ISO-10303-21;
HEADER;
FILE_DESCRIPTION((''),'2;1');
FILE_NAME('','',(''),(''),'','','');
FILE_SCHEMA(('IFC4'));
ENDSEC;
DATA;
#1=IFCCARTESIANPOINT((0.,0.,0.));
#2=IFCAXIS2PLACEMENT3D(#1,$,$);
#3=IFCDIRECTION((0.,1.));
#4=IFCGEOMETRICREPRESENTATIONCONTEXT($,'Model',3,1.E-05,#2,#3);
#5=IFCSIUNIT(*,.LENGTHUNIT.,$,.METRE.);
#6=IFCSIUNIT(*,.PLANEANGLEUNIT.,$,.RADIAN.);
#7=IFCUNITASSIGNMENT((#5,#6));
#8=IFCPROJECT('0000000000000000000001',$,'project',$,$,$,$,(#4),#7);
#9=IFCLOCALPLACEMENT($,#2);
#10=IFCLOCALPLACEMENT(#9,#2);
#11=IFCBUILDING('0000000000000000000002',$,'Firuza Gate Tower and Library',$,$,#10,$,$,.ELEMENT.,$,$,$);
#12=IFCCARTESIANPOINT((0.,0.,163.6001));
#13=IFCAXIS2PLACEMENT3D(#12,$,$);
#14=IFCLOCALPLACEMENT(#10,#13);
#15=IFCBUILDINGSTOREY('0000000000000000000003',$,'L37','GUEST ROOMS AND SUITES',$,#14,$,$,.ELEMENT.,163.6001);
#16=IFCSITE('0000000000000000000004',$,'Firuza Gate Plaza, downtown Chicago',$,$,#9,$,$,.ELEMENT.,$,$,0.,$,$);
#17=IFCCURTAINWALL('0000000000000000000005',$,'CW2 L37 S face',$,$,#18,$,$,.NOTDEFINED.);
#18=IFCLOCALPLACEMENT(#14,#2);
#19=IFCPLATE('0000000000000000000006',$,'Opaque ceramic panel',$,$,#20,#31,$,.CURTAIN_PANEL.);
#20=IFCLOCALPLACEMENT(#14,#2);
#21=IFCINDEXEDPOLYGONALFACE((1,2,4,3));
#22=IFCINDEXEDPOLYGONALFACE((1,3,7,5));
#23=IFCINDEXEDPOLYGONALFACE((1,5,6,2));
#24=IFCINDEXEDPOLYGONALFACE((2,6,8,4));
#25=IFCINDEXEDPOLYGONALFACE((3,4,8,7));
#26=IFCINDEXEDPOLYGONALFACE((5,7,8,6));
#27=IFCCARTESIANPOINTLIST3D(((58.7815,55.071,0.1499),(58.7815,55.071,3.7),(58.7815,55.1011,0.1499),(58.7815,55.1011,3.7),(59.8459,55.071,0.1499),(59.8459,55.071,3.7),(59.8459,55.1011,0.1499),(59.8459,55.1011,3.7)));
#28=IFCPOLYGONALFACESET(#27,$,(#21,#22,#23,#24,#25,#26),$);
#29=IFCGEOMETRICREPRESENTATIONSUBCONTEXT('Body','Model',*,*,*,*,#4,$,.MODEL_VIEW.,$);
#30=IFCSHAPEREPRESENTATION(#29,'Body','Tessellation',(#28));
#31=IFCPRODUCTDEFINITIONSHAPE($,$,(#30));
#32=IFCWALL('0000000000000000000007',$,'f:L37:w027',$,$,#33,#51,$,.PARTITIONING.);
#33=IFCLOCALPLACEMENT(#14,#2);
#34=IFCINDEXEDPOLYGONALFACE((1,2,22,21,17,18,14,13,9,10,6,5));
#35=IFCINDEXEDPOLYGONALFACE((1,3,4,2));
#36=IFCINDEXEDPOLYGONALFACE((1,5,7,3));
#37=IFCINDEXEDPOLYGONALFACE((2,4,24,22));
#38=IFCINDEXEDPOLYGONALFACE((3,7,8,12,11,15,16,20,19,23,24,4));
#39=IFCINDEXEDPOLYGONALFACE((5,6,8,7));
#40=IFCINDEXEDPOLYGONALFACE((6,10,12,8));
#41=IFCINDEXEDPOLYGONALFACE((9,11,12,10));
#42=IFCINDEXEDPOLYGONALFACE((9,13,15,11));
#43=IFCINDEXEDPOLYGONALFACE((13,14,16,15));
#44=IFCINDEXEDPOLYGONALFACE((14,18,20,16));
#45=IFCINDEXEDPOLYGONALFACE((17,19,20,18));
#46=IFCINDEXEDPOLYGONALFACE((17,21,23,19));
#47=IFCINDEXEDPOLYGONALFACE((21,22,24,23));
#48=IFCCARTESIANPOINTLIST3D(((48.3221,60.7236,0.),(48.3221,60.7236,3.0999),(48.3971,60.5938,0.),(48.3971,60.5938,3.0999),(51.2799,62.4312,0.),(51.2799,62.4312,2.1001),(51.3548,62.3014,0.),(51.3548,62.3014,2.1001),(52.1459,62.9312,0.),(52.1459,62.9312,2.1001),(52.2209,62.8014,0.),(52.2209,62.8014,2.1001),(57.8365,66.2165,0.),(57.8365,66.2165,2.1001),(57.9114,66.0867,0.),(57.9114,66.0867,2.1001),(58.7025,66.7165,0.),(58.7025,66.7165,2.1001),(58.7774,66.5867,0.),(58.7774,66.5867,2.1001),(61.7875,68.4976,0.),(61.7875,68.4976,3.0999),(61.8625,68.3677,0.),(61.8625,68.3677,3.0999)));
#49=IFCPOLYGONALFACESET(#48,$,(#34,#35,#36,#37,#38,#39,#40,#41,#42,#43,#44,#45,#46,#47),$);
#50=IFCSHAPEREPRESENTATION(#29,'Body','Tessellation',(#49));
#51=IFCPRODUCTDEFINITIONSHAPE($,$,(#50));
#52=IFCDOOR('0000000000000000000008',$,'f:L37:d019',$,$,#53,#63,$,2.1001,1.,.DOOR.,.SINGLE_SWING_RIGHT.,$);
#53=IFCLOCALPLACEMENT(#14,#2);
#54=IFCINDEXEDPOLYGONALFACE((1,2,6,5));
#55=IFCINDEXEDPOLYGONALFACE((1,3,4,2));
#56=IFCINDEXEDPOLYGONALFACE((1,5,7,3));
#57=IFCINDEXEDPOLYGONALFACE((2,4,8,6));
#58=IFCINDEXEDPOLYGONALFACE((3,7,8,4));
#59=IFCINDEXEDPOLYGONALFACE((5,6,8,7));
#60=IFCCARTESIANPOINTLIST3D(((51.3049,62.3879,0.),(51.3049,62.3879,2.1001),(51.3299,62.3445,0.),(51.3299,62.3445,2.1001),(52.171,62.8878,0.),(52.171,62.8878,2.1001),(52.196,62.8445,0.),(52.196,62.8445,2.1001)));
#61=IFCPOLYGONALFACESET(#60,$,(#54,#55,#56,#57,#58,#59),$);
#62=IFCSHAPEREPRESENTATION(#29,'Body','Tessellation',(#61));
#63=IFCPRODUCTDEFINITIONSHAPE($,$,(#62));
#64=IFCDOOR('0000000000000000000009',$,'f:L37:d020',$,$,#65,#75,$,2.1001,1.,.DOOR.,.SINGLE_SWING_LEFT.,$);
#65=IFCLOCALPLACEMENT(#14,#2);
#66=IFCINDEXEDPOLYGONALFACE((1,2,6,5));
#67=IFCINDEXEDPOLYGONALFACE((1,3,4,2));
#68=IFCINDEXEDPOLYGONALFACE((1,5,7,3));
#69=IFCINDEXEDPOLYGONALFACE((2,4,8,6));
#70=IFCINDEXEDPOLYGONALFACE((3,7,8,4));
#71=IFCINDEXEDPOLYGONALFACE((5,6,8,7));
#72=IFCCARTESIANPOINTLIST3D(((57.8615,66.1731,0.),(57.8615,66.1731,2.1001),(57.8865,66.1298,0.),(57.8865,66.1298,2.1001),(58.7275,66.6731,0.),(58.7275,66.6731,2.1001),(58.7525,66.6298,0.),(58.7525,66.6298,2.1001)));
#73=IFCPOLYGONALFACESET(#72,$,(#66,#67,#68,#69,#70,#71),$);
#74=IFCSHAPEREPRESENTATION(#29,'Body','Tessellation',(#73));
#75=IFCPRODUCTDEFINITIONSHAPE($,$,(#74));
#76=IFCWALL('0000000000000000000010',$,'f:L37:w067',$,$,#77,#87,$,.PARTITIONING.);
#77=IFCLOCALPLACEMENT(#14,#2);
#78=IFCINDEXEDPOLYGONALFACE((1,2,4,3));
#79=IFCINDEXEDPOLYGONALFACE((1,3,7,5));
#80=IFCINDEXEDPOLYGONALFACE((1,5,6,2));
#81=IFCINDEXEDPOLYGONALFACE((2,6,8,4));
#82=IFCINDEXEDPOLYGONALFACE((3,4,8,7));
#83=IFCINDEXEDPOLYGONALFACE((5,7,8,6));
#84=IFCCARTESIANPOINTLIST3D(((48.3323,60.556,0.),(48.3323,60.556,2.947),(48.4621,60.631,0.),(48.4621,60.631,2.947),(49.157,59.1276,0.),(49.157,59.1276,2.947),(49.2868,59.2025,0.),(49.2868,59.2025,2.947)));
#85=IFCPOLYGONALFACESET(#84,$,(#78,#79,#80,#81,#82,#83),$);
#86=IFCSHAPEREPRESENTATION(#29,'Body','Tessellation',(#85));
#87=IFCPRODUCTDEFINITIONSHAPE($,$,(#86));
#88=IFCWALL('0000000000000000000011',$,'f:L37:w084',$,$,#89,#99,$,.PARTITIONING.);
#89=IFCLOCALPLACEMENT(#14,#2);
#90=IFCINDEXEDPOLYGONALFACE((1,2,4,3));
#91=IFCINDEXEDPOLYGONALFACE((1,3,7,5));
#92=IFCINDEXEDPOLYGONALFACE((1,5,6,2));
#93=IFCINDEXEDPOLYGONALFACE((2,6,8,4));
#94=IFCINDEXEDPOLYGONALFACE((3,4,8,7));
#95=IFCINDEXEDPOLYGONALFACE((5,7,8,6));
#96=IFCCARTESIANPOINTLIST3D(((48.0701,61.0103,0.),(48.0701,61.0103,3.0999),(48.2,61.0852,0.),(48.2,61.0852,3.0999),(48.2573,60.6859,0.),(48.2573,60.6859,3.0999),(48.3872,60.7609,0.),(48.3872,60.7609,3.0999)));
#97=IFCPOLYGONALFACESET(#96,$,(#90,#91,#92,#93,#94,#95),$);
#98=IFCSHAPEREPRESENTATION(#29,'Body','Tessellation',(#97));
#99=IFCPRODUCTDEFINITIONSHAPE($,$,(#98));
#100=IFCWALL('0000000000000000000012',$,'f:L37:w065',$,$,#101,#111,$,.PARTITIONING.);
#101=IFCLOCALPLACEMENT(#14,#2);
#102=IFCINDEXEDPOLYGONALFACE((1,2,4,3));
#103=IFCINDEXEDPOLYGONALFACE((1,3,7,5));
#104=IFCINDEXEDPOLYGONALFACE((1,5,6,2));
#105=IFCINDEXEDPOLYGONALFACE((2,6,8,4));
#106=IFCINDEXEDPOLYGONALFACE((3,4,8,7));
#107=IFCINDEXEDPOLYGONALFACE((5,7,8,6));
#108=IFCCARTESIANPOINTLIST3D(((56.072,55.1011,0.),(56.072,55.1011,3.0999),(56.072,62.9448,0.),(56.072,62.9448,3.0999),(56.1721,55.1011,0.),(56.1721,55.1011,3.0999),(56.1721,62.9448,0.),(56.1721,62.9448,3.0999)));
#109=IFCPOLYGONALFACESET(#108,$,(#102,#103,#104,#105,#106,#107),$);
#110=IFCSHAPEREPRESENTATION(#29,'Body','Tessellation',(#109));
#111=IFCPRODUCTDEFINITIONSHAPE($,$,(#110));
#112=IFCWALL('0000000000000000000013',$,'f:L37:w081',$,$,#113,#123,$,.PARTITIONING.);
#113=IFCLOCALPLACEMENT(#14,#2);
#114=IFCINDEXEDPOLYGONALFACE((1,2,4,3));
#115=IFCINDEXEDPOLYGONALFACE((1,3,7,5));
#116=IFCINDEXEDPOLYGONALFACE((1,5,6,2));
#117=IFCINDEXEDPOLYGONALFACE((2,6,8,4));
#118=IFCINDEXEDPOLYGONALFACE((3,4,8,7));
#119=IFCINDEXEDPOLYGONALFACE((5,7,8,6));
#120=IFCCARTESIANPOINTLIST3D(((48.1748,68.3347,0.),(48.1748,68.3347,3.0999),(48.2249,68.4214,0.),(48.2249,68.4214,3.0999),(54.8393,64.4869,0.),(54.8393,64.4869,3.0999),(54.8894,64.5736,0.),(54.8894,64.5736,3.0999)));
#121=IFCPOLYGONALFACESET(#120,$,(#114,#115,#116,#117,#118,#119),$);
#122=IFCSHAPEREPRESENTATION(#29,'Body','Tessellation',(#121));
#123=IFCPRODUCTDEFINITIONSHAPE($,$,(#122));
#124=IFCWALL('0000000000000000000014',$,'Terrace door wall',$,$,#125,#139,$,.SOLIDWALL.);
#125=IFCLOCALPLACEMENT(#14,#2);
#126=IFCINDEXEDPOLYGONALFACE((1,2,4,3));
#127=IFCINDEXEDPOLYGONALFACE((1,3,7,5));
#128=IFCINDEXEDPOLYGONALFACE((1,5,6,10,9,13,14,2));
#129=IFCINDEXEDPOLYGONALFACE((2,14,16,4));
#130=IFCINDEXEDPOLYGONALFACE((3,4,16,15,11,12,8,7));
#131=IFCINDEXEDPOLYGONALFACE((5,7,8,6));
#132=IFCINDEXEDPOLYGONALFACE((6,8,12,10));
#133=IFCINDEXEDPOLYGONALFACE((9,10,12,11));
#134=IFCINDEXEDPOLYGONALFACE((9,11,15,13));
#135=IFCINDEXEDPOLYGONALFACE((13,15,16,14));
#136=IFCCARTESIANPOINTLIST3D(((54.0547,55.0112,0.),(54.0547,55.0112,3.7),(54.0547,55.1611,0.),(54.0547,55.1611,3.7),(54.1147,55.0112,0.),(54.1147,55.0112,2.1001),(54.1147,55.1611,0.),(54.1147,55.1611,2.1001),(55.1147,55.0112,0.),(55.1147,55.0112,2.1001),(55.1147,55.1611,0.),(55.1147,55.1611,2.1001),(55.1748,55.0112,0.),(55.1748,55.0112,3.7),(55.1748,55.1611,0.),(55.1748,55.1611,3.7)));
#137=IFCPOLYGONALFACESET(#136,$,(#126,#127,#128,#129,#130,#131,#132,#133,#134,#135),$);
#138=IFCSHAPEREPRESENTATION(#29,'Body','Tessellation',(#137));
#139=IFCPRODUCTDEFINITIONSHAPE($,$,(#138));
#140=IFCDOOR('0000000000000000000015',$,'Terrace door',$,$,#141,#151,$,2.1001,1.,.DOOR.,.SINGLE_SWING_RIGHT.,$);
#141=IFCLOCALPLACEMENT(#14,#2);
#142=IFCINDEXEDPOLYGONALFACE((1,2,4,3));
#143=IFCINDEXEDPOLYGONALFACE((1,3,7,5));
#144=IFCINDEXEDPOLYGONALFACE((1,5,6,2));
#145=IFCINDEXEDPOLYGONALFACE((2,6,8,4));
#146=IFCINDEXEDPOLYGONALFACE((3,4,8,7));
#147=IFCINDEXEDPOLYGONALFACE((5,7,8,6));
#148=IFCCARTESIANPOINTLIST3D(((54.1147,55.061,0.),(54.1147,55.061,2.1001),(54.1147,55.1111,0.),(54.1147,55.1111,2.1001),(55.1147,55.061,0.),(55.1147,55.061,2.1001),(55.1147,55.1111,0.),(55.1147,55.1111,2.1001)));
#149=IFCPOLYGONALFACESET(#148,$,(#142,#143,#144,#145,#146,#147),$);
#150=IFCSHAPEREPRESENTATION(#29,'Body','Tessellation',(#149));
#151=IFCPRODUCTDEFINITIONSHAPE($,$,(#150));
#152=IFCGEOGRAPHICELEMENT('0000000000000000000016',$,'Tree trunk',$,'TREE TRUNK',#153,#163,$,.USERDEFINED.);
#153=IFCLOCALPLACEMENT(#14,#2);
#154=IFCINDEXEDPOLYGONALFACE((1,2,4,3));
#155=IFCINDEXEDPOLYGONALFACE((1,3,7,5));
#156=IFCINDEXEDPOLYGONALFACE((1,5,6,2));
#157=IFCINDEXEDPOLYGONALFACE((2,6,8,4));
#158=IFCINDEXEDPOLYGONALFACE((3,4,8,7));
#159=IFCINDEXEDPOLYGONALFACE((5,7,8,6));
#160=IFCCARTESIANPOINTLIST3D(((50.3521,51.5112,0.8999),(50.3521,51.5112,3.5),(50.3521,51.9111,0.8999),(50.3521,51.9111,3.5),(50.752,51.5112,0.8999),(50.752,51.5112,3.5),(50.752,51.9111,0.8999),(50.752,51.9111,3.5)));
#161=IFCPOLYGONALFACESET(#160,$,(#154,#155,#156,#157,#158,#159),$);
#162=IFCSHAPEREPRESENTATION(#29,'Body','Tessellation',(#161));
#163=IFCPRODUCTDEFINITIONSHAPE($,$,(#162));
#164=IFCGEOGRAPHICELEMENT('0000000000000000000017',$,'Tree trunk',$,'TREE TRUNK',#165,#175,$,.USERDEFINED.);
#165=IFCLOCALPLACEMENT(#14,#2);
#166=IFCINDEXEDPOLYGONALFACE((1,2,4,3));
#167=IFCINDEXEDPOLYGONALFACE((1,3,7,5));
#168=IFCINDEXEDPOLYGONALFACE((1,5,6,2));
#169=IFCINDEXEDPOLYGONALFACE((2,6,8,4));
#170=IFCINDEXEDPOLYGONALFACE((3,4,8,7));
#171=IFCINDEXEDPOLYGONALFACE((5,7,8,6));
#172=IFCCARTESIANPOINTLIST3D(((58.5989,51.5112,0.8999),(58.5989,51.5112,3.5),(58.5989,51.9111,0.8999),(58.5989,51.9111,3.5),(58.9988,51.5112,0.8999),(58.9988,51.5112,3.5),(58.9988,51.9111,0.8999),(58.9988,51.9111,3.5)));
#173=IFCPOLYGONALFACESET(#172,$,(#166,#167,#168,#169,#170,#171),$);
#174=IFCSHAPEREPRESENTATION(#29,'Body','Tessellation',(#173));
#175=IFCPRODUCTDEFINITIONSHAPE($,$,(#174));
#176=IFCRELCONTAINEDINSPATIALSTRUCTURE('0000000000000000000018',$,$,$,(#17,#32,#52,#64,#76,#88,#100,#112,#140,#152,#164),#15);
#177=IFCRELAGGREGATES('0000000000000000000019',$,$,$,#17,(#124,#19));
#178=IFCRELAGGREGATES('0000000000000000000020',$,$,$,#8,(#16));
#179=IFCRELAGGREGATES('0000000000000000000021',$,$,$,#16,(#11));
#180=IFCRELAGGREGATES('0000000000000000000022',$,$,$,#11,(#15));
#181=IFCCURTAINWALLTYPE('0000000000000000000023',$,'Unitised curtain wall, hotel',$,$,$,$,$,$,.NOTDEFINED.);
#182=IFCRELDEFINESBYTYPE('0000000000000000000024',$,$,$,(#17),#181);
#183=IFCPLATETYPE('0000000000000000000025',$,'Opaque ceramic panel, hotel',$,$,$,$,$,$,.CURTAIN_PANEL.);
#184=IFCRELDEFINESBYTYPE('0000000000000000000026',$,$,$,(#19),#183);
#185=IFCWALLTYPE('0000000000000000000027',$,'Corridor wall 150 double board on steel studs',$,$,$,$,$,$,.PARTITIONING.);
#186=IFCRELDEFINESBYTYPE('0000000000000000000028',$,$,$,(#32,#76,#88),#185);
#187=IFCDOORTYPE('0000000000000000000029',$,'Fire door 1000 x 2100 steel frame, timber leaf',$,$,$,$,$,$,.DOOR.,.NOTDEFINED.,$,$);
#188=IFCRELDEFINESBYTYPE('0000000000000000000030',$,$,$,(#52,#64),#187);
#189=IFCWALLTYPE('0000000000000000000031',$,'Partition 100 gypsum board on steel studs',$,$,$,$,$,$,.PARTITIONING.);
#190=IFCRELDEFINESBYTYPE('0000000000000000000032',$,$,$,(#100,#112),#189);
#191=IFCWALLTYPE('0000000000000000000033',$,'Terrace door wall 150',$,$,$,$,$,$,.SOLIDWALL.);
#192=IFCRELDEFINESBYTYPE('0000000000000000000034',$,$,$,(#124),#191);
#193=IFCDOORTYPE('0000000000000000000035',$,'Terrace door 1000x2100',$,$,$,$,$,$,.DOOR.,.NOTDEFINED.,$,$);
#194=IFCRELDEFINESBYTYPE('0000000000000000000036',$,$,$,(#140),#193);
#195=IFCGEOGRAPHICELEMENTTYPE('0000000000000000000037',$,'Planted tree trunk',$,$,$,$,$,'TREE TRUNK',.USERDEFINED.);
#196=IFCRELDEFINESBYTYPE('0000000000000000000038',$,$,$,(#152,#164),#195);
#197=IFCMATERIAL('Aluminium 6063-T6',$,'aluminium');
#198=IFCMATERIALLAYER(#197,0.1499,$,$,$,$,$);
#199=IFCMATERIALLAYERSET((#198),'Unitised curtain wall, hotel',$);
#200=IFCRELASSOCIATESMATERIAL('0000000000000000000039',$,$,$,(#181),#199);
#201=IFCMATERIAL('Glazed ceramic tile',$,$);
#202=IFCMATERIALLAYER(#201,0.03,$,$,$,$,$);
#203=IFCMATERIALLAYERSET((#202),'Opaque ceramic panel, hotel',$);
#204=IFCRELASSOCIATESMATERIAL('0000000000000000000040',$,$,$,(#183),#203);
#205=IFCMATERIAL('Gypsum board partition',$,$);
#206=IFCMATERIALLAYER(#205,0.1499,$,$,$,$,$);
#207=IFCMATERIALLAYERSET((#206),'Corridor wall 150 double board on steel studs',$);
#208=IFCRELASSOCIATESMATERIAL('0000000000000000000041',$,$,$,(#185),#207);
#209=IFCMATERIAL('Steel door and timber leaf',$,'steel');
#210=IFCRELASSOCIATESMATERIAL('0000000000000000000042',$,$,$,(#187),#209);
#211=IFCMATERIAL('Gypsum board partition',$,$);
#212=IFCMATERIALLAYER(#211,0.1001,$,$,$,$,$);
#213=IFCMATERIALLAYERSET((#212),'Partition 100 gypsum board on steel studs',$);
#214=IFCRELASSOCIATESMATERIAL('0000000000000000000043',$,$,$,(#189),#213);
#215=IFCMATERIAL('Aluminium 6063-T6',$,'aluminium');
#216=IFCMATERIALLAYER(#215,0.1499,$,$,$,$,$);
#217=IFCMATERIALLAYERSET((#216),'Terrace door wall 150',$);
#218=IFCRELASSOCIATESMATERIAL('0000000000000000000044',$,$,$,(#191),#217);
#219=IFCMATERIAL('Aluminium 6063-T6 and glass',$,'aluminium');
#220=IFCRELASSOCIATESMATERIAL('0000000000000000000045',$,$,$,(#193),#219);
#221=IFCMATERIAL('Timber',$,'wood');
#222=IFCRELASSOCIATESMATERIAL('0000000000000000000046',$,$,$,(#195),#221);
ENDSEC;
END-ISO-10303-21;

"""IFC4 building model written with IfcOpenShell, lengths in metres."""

from ifc_helpers import new_model, si_unit, direction, frame, frame_2d, origin, origin_2d, place, context, subcontext, project, spatial, polyline, rectangle, outline, extrude, material, layer, layer_set, type_object, element, fill, aggregate, save


model = new_model("IFC4")

# Units and contexts
model_context = context("Model", 3, precision=1e-05, world=origin(), true_north=direction((0.0, 1.0)))
body_context = subcontext(model_context, "Body", "Model", "MODEL_VIEW")
ifc_project = project(units=[si_unit("LENGTHUNIT", "METRE"), si_unit("PLANEANGLEUNIT", "RADIAN")], contexts=[model_context])

# Site, building, storey
site_placement = place(None, origin())
site = spatial("IfcSite", under=ifc_project, at=site_placement, Name="Firuza Gate Plaza, downtown Chicago", CompositionType="ELEMENT", RefElevation=0.0)
building_placement = place(site_placement, origin())
building = spatial("IfcBuilding", under=site, at=building_placement, Name="Firuza Gate Tower and Library", CompositionType="ELEMENT")
storey_placement = place(building_placement, frame((0.0, 0.0, 163.6001)))
storey = spatial("IfcBuildingStorey", under=building, at=storey_placement, Name="L37", Description="GUEST ROOMS AND SUITES", CompositionType="ELEMENT", Elevation=163.6001)

# Curtain wall
ifc_material_1 = material(Name="Aluminium 6063-T6", Category="aluminium")
ifc_layer_1 = layer(ifc_material_1, 0.1499)
ifc_layer_set_1 = layer_set([ifc_layer_1], Name="Unitised curtain wall, hotel")
curtain_wall_type = type_object("IfcCurtainWallType", Name="Unitised curtain wall, hotel", PredefinedType="NOTDEFINED", material=ifc_layer_set_1)
placement = place(storey_placement, origin())
curtain_wall_1 = element("IfcCurtainWall", 1, at=placement, inside=storey, type_object=curtain_wall_type, Name="CW2 L37 S face", PredefinedType="NOTDEFINED")

# Plate
ifc_material_2 = material(Name="Glazed ceramic tile")
ifc_layer_2 = layer(ifc_material_2, 0.03)
ifc_layer_set_2 = layer_set([ifc_layer_2], Name="Opaque ceramic panel, hotel")
plate_type_1 = type_object("IfcPlateType", Name="Opaque ceramic panel, hotel", PredefinedType="CURTAIN_PANEL", material=ifc_layer_set_2)
plate_1_placement = place(storey_placement, frame((58.7815, 55.071, 0.1499), z_axis=(0.0, -1.0, 0.0), x_axis=(1.0, 0.0, 0.0)))
plate_1 = element("IfcPlate", 2, at=plate_1_placement, type_object=plate_type_1, Name="Opaque ceramic panel", PredefinedType="CURTAIN_PANEL", context=body_context, shape_type="SweptSolid", body=[
    extrude(outline(polyline([(0.0, 0.0), (1.0645, 0.0), (1.0645, 3.55), (0.0, 3.55), (0.0, 0.0)])), origin(), (0.0, 0.0, -1.0), 0.03),
])

# Wall, openings, doors
ifc_material_3 = material(Name="Gypsum board partition")
ifc_layer_3 = layer(ifc_material_3, 0.1499)
ifc_layer_set_3 = layer_set([ifc_layer_3], Name="Corridor wall 150 double board on steel studs")
wall_type_1 = type_object("IfcWallType", Name="Corridor wall 150 double board on steel studs", PredefinedType="PARTITIONING", material=ifc_layer_set_3)
wall_1_placement = place(storey_placement, frame((48.3596, 60.6587, 0.0), z_axis=(0.0, 0.0, 1.0), x_axis=(0.866033, 0.499986, 0.0)))
wall_1 = element("IfcWall", 3, at=wall_1_placement, inside=storey, type_object=wall_type_1, Name="f:L37:w027", PredefinedType="PARTITIONING", context=body_context, shape_type="SweptSolid", body=[
    extrude(rectangle(XDim=15.5483, YDim=0.1499, at=frame_2d((7.7742, 0.0))), origin(), (0.0, 0.0, 1.0), 3.0999),
])
opening_1_placement = place(wall_1_placement, frame((3.4153, 0.0, 0.0)))
opening_1 = element("IfcOpeningElement", 4, at=opening_1_placement, cuts=wall_1, PredefinedType="OPENING", context=body_context, shape_type="SweptSolid", body=[
    extrude(rectangle(XDim=1.0, YDim=2.1001, at=frame_2d((0.5, 1.05))), frame((0.0, 0.085, 0.0), z_axis=(0.0, -1.0, 0.0), x_axis=(1.0, 0.0, 0.0)), (0.0, 0.0, 1.0), 0.1699),
])
opening_2_placement = place(wall_1_placement, frame((10.9861, 0.0, 0.0)))
opening_2 = element("IfcOpeningElement", 5, at=opening_2_placement, cuts=wall_1, PredefinedType="OPENING", context=body_context, shape_type="SweptSolid", body=[
    extrude(rectangle(XDim=1.0, YDim=2.1001, at=frame_2d((0.5, 1.05))), frame((0.0, 0.085, 0.0), z_axis=(0.0, -1.0, 0.0), x_axis=(1.0, 0.0, 0.0)), (0.0, 0.0, 1.0), 0.1699),
])
ifc_material_4 = material(Name="Steel door and timber leaf", Category="steel")
door_type_1 = type_object("IfcDoorType", Name="Fire door 1000 x 2100 steel frame, timber leaf", OperationType="NOTDEFINED", PredefinedType="DOOR", material=ifc_material_4)
door_1_placement = place(opening_1_placement, origin())
door_1 = element("IfcDoor", 6, at=door_1_placement, inside=storey, type_object=door_type_1, Name="f:L37:d019", OperationType="SINGLE_SWING_RIGHT", OverallHeight=2.1001, OverallWidth=1.0, PredefinedType="DOOR", context=body_context, shape_type="SweptSolid", body=[
    extrude(rectangle(XDim=1.0, YDim=2.1001, at=frame_2d((0.5, 1.05))), frame((0.0, 0.0249, 0.0), z_axis=(0.0, -1.0, 0.0), x_axis=(1.0, 0.0, 0.0)), (0.0, 0.0, 1.0), 0.05),
])
fill(opening_1, door_1)
door_2_placement = place(opening_2_placement, origin())
door_2 = element("IfcDoor", 7, at=door_2_placement, inside=storey, type_object=door_type_1, Name="f:L37:d020", OperationType="SINGLE_SWING_LEFT", OverallHeight=2.1001, OverallWidth=1.0, PredefinedType="DOOR", context=body_context, shape_type="SweptSolid", body=[
    extrude(rectangle(XDim=1.0, YDim=2.1001, at=frame_2d((0.5, 1.05))), frame((0.0, 0.0249, 0.0), z_axis=(0.0, -1.0, 0.0), x_axis=(1.0, 0.0, 0.0)), (0.0, 0.0, 1.0), 0.05),
])
fill(opening_2, door_2)

# Walls
wall_2_placement = place(storey_placement, frame((49.2219, 59.165, 0.0), z_axis=(0.0, 0.0, 1.0), x_axis=(-0.499992, 0.86603, 0.0)))
element("IfcWall", 8, at=wall_2_placement, inside=storey, type_object=wall_type_1, Name="f:L37:w067", PredefinedType="PARTITIONING", context=body_context, shape_type="SweptSolid", body=[
    extrude(rectangle(XDim=1.6494, YDim=0.1499, at=frame_2d((0.8247, 0.0))), origin(), (0.0, 0.0, 1.0), 2.947),
])
wall_3_placement = place(storey_placement, frame((48.3223, 60.7234, 0.0), z_axis=(0.0, 0.0, 1.0), x_axis=(-0.499854, 0.86611, 0.0)))
element("IfcWall", 9, at=wall_3_placement, inside=storey, type_object=wall_type_1, Name="f:L37:w084", PredefinedType="PARTITIONING", context=body_context, shape_type="SweptSolid", body=[
    extrude(rectangle(XDim=0.3745, YDim=0.1499, at=frame_2d((0.1873, 0.0))), origin(), (0.0, 0.0, 1.0), 3.0999),
])
ifc_material_5 = material(Name="Gypsum board partition")
ifc_layer_4 = layer(ifc_material_5, 0.1001)
ifc_layer_set_4 = layer_set([ifc_layer_4], Name="Partition 100 gypsum board on steel studs")
wall_type_2 = type_object("IfcWallType", Name="Partition 100 gypsum board on steel studs", PredefinedType="PARTITIONING", material=ifc_layer_set_4)
wall_4_placement = place(storey_placement, frame((56.1221, 55.1011, 0.0), z_axis=(0.0, 0.0, 1.0), x_axis=(0.0, 1.0, 0.0)))
element("IfcWall", 10, at=wall_4_placement, inside=storey, type_object=wall_type_2, Name="f:L37:w065", PredefinedType="PARTITIONING", context=body_context, shape_type="SweptSolid", body=[
    extrude(rectangle(XDim=7.8438, YDim=0.1001, at=frame_2d((3.9219, 0.0))), origin(), (0.0, 0.0, 1.0), 3.0999),
])
wall_5_placement = place(storey_placement, frame((54.8643, 64.5303, 0.0), z_axis=(0.0, 0.0, 1.0), x_axis=(-0.866019, 0.500012, 0.0)))
element("IfcWall", 11, at=wall_5_placement, inside=storey, type_object=wall_type_2, Name="f:L37:w081", PredefinedType="PARTITIONING", context=body_context, shape_type="SweptSolid", body=[
    extrude(rectangle(XDim=7.6956, YDim=0.1001, at=frame_2d((3.8477, 0.0))), origin(), (0.0, 0.0, 1.0), 3.0999),
])

# Wall, opening, door
ifc_material_6 = material(Name="Aluminium 6063-T6", Category="aluminium")
ifc_layer_5 = layer(ifc_material_6, 0.1499)
ifc_layer_set_5 = layer_set([ifc_layer_5], Name="Terrace door wall 150")
wall_type_3 = type_object("IfcWallType", Name="Terrace door wall 150", PredefinedType="SOLIDWALL", material=ifc_layer_set_5)
wall_6_placement = place(storey_placement, frame((54.0547, 55.0862, 0.0), z_axis=(0.0, 0.0, 1.0), x_axis=(1.0, 0.0, 0.0)))
wall_6 = element("IfcWall", 12, at=wall_6_placement, type_object=wall_type_3, Name="Terrace door wall", PredefinedType="SOLIDWALL", context=body_context, shape_type="SweptSolid", body=[
    extrude(rectangle(XDim=1.1201, YDim=0.1499, at=frame_2d((0.5601, 0.0))), origin(), (0.0, 0.0, 1.0), 3.7),
])
opening_3_placement = place(wall_6_placement, frame((0.0601, 0.0, 0.0)))
opening_3 = element("IfcOpeningElement", 13, at=opening_3_placement, cuts=wall_6, PredefinedType="OPENING", context=body_context, shape_type="SweptSolid", body=[
    extrude(rectangle(XDim=1.0, YDim=2.1001, at=frame_2d((0.5, 1.05))), frame((0.0, 0.085, 0.0), z_axis=(0.0, -1.0, 0.0), x_axis=(1.0, 0.0, 0.0)), (0.0, 0.0, 1.0), 0.1699),
])
ifc_material_7 = material(Name="Aluminium 6063-T6 and glass", Category="aluminium")
door_type_2 = type_object("IfcDoorType", Name="Terrace door 1000x2100", OperationType="NOTDEFINED", PredefinedType="DOOR", material=ifc_material_7)
door_3_placement = place(opening_3_placement, origin())
door_3 = element("IfcDoor", 14, at=door_3_placement, inside=storey, type_object=door_type_2, Name="Terrace door", OperationType="SINGLE_SWING_RIGHT", OverallHeight=2.1001, OverallWidth=1.0, PredefinedType="DOOR", context=body_context, shape_type="SweptSolid", body=[
    extrude(rectangle(XDim=1.0, YDim=2.1001, at=frame_2d((0.5, 1.05))), frame((0.0, 0.0249, 0.0), z_axis=(0.0, -1.0, 0.0), x_axis=(1.0, 0.0, 0.0)), (0.0, 0.0, 1.0), 0.05),
])
fill(opening_3, door_3)
aggregate(curtain_wall_1, [wall_6, plate_1])

# Geographic elements
ifc_material_8 = material(Name="Timber", Category="wood")
geographic_element_type = type_object("IfcGeographicElementType", Name="Planted tree trunk", ElementType="TREE TRUNK", PredefinedType="USERDEFINED", material=ifc_material_8)
for number, where, z_axis, x_axis, name in (
    (15, (50.552, 51.7112, 0.8999), (0.0, 0.0, 1.0), (1.0, 0.0, 0.0), "Tree trunk"),
    (16, (58.7988, 51.7112, 0.8999), (0.0, 0.0, 1.0), (1.0, 0.0, 0.0), "Tree trunk"),
):
    element("IfcGeographicElement", number, at=place(storey_placement, frame(where, z_axis=z_axis, x_axis=x_axis)), inside=storey, type_object=geographic_element_type, Name=name, ObjectType="TREE TRUNK", PredefinedType="USERDEFINED", context=body_context, shape_type="SweptSolid", body=[
        extrude(rectangle(XDim=0.3999, YDim=0.3999, at=origin_2d()), origin(), (0.0, 0.0, 1.0), 2.6001),
    ])

save(model, "model.ifc")
